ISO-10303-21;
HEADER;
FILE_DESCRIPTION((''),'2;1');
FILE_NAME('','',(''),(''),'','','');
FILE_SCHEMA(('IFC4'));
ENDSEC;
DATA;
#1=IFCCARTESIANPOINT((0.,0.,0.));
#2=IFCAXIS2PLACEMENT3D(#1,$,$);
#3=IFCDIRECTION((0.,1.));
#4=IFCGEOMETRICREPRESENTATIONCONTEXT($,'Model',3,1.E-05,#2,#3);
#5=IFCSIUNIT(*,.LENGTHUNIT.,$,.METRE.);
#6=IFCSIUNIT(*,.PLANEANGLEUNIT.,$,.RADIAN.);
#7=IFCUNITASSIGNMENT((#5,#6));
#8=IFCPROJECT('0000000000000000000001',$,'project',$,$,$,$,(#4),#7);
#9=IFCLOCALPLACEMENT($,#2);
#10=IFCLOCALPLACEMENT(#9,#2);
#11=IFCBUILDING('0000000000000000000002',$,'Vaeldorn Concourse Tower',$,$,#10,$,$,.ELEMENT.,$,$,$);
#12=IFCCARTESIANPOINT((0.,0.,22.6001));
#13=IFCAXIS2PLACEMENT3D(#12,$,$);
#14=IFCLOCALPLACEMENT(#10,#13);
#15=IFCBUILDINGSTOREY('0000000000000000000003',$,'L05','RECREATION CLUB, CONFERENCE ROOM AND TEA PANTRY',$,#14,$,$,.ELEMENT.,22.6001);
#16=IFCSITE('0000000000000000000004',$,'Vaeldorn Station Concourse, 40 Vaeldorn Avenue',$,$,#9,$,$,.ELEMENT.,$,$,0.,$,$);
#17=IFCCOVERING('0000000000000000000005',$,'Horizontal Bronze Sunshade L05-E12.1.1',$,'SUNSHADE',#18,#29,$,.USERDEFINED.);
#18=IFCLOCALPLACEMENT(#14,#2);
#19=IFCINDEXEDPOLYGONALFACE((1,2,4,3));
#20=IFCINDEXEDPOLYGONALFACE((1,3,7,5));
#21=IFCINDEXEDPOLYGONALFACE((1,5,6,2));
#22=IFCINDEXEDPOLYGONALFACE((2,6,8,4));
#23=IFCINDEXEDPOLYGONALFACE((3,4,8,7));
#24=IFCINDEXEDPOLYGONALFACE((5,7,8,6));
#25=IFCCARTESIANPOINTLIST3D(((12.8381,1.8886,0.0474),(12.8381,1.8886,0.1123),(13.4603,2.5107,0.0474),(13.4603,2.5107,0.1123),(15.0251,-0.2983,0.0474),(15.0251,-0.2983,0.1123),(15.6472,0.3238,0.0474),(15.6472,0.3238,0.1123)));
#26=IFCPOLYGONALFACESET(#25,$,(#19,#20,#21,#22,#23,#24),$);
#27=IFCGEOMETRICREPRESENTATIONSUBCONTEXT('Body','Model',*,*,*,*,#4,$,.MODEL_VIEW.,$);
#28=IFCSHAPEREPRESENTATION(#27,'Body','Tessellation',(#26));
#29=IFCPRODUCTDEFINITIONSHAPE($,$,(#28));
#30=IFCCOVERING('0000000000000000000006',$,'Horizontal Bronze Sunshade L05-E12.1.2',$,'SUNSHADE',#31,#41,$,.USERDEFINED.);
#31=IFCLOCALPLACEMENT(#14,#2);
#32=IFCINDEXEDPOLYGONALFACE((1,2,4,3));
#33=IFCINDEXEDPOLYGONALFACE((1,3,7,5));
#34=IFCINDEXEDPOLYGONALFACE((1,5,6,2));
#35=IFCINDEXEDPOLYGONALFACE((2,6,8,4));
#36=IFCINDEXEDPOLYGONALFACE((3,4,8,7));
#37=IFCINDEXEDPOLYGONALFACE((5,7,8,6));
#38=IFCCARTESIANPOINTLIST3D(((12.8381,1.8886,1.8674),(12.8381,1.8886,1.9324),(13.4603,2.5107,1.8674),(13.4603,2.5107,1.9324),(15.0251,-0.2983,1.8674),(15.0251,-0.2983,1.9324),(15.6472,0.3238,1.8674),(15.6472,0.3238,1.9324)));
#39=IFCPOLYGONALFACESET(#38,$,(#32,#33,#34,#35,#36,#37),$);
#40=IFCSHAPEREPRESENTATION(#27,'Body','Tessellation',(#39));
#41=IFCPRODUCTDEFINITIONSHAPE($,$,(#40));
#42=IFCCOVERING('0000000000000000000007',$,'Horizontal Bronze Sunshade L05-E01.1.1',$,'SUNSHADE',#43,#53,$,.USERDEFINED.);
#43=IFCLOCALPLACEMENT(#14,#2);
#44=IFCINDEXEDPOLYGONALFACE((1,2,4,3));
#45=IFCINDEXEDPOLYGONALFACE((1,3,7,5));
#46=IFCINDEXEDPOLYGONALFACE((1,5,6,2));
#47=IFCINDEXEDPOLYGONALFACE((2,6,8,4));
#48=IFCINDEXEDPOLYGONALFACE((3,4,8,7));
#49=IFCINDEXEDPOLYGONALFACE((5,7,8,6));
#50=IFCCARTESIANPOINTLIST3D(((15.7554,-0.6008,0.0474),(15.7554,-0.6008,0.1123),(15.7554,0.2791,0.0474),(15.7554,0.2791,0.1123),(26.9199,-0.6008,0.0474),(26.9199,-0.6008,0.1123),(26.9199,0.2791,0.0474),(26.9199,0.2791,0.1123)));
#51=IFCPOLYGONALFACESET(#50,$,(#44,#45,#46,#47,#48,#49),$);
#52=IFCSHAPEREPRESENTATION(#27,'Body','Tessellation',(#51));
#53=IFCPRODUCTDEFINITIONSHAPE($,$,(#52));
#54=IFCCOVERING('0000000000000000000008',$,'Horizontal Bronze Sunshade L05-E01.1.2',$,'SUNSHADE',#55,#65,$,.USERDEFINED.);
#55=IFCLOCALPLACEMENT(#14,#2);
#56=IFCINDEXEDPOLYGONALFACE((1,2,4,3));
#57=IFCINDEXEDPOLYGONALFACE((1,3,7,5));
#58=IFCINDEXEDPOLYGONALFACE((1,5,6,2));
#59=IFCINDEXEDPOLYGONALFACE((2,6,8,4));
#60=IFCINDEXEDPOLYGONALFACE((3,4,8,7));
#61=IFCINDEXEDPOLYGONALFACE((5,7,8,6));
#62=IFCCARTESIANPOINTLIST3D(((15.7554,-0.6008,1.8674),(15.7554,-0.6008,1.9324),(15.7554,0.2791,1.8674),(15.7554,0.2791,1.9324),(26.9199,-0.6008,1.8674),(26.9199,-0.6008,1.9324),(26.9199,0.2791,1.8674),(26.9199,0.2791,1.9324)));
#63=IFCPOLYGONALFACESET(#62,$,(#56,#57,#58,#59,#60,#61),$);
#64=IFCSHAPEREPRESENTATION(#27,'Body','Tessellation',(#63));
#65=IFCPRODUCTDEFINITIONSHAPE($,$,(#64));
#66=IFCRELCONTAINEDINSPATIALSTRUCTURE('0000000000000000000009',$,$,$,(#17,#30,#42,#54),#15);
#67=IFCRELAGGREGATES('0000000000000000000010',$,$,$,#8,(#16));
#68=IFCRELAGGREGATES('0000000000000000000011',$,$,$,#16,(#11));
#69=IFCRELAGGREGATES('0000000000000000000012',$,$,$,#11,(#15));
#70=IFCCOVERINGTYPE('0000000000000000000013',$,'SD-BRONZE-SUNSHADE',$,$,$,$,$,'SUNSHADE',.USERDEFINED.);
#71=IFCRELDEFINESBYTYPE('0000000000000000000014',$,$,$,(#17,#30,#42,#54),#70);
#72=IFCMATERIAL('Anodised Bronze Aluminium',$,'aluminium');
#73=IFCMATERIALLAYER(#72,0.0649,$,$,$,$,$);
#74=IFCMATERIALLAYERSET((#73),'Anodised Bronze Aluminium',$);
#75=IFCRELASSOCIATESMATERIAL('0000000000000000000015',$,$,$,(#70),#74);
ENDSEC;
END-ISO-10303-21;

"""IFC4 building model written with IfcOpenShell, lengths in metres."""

from ifc_helpers import new_model, si_unit, direction, frame, origin, origin_2d, place, context, subcontext, project, spatial, rectangle, extrude, source, transform, mapped, material, layer, layer_set, type_object, element, save


model = new_model("IFC4")

# Units and contexts
model_context = context("Model", 3, precision=1e-05, world=origin(), true_north=direction((0.0, 1.0)))
body_context = subcontext(model_context, "Body", "Model", "MODEL_VIEW")
ifc_project = project(units=[si_unit("LENGTHUNIT", "METRE"), si_unit("PLANEANGLEUNIT", "RADIAN")], contexts=[model_context])

# Site, building, storey
site_placement = place(None, origin())
site = spatial("IfcSite", under=ifc_project, at=site_placement, Name="Vaeldorn Station Concourse, 40 Vaeldorn Avenue", CompositionType="ELEMENT", RefElevation=0.0)
building_placement = place(site_placement, origin())
building = spatial("IfcBuilding", under=site, at=building_placement, Name="Vaeldorn Concourse Tower", CompositionType="ELEMENT")
storey_placement = place(building_placement, frame((0.0, 0.0, 22.6001)))
storey = spatial("IfcBuildingStorey", under=building, at=storey_placement, Name="L05", Description="RECREATION CLUB, CONFERENCE ROOM AND TEA PANTRY", CompositionType="ELEMENT", Elevation=22.6001)

# Shared definitions
ifc_material_1 = material(Name="Anodised Bronze Aluminium", Category="aluminium")

# Coverings
ifc_layer_1 = layer(ifc_material_1, 0.0649)
ifc_layer_set_1 = layer_set([ifc_layer_1], Name="Anodised Bronze Aluminium")
covering_type = type_object("IfcCoveringType", Name="SD-BRONZE-SUNSHADE", ElementType="SUNSHADE", PredefinedType="USERDEFINED", material=ifc_layer_set_1)
shared_shape_1 = source(origin(), body_context, "Body", "SweptSolid", [
    extrude(rectangle(XDim=3.0928, YDim=0.8799, at=origin_2d()), origin(), (0.0, 0.0, 1.0), 0.0649),
])
for number, where, z_axis, x_axis, name in (
    (1, (14.2427, 1.1062, 0.0474), (0.0, 0.0, 1.0), (0.707107, -0.707107, 0.0), "Horizontal Bronze Sunshade L05-E12.1.1"),
    (2, (14.2427, 1.1062, 1.8674), (0.0, 0.0, 1.0), (0.707107, -0.707107, 0.0), "Horizontal Bronze Sunshade L05-E12.1.2"),
):
    element("IfcCovering", number, at=place(storey_placement, frame(where, z_axis=z_axis, x_axis=x_axis)), inside=storey, type_object=covering_type, Name=name, ObjectType="SUNSHADE", PredefinedType="USERDEFINED", context=body_context, shape_type="MappedRepresentation", body=[
        mapped(shared_shape_1, transform((0.0, 0.0, 0.0), scale=1.0)),
    ])
shared_shape_2 = source(origin(), body_context, "Body", "SweptSolid", [
    extrude(rectangle(XDim=11.1646, YDim=0.8799, at=origin_2d()), origin(), (0.0, 0.0, 1.0), 0.0649),
])
for number, where, z_axis, x_axis, name in (
    (3, (21.3376, -0.1609, 0.0474), (0.0, 0.0, 1.0), (1.0, 0.0, 0.0), "Horizontal Bronze Sunshade L05-E01.1.1"),
    (4, (21.3376, -0.1609, 1.8674), (0.0, 0.0, 1.0), (1.0, 0.0, 0.0), "Horizontal Bronze Sunshade L05-E01.1.2"),
):
    element("IfcCovering", number, at=place(storey_placement, frame(where, z_axis=z_axis, x_axis=x_axis)), inside=storey, type_object=covering_type, Name=name, ObjectType="SUNSHADE", PredefinedType="USERDEFINED", context=body_context, shape_type="MappedRepresentation", body=[
        mapped(shared_shape_2, transform((0.0, 0.0, 0.0), scale=1.0)),
    ])

save(model, "model.ifc")
